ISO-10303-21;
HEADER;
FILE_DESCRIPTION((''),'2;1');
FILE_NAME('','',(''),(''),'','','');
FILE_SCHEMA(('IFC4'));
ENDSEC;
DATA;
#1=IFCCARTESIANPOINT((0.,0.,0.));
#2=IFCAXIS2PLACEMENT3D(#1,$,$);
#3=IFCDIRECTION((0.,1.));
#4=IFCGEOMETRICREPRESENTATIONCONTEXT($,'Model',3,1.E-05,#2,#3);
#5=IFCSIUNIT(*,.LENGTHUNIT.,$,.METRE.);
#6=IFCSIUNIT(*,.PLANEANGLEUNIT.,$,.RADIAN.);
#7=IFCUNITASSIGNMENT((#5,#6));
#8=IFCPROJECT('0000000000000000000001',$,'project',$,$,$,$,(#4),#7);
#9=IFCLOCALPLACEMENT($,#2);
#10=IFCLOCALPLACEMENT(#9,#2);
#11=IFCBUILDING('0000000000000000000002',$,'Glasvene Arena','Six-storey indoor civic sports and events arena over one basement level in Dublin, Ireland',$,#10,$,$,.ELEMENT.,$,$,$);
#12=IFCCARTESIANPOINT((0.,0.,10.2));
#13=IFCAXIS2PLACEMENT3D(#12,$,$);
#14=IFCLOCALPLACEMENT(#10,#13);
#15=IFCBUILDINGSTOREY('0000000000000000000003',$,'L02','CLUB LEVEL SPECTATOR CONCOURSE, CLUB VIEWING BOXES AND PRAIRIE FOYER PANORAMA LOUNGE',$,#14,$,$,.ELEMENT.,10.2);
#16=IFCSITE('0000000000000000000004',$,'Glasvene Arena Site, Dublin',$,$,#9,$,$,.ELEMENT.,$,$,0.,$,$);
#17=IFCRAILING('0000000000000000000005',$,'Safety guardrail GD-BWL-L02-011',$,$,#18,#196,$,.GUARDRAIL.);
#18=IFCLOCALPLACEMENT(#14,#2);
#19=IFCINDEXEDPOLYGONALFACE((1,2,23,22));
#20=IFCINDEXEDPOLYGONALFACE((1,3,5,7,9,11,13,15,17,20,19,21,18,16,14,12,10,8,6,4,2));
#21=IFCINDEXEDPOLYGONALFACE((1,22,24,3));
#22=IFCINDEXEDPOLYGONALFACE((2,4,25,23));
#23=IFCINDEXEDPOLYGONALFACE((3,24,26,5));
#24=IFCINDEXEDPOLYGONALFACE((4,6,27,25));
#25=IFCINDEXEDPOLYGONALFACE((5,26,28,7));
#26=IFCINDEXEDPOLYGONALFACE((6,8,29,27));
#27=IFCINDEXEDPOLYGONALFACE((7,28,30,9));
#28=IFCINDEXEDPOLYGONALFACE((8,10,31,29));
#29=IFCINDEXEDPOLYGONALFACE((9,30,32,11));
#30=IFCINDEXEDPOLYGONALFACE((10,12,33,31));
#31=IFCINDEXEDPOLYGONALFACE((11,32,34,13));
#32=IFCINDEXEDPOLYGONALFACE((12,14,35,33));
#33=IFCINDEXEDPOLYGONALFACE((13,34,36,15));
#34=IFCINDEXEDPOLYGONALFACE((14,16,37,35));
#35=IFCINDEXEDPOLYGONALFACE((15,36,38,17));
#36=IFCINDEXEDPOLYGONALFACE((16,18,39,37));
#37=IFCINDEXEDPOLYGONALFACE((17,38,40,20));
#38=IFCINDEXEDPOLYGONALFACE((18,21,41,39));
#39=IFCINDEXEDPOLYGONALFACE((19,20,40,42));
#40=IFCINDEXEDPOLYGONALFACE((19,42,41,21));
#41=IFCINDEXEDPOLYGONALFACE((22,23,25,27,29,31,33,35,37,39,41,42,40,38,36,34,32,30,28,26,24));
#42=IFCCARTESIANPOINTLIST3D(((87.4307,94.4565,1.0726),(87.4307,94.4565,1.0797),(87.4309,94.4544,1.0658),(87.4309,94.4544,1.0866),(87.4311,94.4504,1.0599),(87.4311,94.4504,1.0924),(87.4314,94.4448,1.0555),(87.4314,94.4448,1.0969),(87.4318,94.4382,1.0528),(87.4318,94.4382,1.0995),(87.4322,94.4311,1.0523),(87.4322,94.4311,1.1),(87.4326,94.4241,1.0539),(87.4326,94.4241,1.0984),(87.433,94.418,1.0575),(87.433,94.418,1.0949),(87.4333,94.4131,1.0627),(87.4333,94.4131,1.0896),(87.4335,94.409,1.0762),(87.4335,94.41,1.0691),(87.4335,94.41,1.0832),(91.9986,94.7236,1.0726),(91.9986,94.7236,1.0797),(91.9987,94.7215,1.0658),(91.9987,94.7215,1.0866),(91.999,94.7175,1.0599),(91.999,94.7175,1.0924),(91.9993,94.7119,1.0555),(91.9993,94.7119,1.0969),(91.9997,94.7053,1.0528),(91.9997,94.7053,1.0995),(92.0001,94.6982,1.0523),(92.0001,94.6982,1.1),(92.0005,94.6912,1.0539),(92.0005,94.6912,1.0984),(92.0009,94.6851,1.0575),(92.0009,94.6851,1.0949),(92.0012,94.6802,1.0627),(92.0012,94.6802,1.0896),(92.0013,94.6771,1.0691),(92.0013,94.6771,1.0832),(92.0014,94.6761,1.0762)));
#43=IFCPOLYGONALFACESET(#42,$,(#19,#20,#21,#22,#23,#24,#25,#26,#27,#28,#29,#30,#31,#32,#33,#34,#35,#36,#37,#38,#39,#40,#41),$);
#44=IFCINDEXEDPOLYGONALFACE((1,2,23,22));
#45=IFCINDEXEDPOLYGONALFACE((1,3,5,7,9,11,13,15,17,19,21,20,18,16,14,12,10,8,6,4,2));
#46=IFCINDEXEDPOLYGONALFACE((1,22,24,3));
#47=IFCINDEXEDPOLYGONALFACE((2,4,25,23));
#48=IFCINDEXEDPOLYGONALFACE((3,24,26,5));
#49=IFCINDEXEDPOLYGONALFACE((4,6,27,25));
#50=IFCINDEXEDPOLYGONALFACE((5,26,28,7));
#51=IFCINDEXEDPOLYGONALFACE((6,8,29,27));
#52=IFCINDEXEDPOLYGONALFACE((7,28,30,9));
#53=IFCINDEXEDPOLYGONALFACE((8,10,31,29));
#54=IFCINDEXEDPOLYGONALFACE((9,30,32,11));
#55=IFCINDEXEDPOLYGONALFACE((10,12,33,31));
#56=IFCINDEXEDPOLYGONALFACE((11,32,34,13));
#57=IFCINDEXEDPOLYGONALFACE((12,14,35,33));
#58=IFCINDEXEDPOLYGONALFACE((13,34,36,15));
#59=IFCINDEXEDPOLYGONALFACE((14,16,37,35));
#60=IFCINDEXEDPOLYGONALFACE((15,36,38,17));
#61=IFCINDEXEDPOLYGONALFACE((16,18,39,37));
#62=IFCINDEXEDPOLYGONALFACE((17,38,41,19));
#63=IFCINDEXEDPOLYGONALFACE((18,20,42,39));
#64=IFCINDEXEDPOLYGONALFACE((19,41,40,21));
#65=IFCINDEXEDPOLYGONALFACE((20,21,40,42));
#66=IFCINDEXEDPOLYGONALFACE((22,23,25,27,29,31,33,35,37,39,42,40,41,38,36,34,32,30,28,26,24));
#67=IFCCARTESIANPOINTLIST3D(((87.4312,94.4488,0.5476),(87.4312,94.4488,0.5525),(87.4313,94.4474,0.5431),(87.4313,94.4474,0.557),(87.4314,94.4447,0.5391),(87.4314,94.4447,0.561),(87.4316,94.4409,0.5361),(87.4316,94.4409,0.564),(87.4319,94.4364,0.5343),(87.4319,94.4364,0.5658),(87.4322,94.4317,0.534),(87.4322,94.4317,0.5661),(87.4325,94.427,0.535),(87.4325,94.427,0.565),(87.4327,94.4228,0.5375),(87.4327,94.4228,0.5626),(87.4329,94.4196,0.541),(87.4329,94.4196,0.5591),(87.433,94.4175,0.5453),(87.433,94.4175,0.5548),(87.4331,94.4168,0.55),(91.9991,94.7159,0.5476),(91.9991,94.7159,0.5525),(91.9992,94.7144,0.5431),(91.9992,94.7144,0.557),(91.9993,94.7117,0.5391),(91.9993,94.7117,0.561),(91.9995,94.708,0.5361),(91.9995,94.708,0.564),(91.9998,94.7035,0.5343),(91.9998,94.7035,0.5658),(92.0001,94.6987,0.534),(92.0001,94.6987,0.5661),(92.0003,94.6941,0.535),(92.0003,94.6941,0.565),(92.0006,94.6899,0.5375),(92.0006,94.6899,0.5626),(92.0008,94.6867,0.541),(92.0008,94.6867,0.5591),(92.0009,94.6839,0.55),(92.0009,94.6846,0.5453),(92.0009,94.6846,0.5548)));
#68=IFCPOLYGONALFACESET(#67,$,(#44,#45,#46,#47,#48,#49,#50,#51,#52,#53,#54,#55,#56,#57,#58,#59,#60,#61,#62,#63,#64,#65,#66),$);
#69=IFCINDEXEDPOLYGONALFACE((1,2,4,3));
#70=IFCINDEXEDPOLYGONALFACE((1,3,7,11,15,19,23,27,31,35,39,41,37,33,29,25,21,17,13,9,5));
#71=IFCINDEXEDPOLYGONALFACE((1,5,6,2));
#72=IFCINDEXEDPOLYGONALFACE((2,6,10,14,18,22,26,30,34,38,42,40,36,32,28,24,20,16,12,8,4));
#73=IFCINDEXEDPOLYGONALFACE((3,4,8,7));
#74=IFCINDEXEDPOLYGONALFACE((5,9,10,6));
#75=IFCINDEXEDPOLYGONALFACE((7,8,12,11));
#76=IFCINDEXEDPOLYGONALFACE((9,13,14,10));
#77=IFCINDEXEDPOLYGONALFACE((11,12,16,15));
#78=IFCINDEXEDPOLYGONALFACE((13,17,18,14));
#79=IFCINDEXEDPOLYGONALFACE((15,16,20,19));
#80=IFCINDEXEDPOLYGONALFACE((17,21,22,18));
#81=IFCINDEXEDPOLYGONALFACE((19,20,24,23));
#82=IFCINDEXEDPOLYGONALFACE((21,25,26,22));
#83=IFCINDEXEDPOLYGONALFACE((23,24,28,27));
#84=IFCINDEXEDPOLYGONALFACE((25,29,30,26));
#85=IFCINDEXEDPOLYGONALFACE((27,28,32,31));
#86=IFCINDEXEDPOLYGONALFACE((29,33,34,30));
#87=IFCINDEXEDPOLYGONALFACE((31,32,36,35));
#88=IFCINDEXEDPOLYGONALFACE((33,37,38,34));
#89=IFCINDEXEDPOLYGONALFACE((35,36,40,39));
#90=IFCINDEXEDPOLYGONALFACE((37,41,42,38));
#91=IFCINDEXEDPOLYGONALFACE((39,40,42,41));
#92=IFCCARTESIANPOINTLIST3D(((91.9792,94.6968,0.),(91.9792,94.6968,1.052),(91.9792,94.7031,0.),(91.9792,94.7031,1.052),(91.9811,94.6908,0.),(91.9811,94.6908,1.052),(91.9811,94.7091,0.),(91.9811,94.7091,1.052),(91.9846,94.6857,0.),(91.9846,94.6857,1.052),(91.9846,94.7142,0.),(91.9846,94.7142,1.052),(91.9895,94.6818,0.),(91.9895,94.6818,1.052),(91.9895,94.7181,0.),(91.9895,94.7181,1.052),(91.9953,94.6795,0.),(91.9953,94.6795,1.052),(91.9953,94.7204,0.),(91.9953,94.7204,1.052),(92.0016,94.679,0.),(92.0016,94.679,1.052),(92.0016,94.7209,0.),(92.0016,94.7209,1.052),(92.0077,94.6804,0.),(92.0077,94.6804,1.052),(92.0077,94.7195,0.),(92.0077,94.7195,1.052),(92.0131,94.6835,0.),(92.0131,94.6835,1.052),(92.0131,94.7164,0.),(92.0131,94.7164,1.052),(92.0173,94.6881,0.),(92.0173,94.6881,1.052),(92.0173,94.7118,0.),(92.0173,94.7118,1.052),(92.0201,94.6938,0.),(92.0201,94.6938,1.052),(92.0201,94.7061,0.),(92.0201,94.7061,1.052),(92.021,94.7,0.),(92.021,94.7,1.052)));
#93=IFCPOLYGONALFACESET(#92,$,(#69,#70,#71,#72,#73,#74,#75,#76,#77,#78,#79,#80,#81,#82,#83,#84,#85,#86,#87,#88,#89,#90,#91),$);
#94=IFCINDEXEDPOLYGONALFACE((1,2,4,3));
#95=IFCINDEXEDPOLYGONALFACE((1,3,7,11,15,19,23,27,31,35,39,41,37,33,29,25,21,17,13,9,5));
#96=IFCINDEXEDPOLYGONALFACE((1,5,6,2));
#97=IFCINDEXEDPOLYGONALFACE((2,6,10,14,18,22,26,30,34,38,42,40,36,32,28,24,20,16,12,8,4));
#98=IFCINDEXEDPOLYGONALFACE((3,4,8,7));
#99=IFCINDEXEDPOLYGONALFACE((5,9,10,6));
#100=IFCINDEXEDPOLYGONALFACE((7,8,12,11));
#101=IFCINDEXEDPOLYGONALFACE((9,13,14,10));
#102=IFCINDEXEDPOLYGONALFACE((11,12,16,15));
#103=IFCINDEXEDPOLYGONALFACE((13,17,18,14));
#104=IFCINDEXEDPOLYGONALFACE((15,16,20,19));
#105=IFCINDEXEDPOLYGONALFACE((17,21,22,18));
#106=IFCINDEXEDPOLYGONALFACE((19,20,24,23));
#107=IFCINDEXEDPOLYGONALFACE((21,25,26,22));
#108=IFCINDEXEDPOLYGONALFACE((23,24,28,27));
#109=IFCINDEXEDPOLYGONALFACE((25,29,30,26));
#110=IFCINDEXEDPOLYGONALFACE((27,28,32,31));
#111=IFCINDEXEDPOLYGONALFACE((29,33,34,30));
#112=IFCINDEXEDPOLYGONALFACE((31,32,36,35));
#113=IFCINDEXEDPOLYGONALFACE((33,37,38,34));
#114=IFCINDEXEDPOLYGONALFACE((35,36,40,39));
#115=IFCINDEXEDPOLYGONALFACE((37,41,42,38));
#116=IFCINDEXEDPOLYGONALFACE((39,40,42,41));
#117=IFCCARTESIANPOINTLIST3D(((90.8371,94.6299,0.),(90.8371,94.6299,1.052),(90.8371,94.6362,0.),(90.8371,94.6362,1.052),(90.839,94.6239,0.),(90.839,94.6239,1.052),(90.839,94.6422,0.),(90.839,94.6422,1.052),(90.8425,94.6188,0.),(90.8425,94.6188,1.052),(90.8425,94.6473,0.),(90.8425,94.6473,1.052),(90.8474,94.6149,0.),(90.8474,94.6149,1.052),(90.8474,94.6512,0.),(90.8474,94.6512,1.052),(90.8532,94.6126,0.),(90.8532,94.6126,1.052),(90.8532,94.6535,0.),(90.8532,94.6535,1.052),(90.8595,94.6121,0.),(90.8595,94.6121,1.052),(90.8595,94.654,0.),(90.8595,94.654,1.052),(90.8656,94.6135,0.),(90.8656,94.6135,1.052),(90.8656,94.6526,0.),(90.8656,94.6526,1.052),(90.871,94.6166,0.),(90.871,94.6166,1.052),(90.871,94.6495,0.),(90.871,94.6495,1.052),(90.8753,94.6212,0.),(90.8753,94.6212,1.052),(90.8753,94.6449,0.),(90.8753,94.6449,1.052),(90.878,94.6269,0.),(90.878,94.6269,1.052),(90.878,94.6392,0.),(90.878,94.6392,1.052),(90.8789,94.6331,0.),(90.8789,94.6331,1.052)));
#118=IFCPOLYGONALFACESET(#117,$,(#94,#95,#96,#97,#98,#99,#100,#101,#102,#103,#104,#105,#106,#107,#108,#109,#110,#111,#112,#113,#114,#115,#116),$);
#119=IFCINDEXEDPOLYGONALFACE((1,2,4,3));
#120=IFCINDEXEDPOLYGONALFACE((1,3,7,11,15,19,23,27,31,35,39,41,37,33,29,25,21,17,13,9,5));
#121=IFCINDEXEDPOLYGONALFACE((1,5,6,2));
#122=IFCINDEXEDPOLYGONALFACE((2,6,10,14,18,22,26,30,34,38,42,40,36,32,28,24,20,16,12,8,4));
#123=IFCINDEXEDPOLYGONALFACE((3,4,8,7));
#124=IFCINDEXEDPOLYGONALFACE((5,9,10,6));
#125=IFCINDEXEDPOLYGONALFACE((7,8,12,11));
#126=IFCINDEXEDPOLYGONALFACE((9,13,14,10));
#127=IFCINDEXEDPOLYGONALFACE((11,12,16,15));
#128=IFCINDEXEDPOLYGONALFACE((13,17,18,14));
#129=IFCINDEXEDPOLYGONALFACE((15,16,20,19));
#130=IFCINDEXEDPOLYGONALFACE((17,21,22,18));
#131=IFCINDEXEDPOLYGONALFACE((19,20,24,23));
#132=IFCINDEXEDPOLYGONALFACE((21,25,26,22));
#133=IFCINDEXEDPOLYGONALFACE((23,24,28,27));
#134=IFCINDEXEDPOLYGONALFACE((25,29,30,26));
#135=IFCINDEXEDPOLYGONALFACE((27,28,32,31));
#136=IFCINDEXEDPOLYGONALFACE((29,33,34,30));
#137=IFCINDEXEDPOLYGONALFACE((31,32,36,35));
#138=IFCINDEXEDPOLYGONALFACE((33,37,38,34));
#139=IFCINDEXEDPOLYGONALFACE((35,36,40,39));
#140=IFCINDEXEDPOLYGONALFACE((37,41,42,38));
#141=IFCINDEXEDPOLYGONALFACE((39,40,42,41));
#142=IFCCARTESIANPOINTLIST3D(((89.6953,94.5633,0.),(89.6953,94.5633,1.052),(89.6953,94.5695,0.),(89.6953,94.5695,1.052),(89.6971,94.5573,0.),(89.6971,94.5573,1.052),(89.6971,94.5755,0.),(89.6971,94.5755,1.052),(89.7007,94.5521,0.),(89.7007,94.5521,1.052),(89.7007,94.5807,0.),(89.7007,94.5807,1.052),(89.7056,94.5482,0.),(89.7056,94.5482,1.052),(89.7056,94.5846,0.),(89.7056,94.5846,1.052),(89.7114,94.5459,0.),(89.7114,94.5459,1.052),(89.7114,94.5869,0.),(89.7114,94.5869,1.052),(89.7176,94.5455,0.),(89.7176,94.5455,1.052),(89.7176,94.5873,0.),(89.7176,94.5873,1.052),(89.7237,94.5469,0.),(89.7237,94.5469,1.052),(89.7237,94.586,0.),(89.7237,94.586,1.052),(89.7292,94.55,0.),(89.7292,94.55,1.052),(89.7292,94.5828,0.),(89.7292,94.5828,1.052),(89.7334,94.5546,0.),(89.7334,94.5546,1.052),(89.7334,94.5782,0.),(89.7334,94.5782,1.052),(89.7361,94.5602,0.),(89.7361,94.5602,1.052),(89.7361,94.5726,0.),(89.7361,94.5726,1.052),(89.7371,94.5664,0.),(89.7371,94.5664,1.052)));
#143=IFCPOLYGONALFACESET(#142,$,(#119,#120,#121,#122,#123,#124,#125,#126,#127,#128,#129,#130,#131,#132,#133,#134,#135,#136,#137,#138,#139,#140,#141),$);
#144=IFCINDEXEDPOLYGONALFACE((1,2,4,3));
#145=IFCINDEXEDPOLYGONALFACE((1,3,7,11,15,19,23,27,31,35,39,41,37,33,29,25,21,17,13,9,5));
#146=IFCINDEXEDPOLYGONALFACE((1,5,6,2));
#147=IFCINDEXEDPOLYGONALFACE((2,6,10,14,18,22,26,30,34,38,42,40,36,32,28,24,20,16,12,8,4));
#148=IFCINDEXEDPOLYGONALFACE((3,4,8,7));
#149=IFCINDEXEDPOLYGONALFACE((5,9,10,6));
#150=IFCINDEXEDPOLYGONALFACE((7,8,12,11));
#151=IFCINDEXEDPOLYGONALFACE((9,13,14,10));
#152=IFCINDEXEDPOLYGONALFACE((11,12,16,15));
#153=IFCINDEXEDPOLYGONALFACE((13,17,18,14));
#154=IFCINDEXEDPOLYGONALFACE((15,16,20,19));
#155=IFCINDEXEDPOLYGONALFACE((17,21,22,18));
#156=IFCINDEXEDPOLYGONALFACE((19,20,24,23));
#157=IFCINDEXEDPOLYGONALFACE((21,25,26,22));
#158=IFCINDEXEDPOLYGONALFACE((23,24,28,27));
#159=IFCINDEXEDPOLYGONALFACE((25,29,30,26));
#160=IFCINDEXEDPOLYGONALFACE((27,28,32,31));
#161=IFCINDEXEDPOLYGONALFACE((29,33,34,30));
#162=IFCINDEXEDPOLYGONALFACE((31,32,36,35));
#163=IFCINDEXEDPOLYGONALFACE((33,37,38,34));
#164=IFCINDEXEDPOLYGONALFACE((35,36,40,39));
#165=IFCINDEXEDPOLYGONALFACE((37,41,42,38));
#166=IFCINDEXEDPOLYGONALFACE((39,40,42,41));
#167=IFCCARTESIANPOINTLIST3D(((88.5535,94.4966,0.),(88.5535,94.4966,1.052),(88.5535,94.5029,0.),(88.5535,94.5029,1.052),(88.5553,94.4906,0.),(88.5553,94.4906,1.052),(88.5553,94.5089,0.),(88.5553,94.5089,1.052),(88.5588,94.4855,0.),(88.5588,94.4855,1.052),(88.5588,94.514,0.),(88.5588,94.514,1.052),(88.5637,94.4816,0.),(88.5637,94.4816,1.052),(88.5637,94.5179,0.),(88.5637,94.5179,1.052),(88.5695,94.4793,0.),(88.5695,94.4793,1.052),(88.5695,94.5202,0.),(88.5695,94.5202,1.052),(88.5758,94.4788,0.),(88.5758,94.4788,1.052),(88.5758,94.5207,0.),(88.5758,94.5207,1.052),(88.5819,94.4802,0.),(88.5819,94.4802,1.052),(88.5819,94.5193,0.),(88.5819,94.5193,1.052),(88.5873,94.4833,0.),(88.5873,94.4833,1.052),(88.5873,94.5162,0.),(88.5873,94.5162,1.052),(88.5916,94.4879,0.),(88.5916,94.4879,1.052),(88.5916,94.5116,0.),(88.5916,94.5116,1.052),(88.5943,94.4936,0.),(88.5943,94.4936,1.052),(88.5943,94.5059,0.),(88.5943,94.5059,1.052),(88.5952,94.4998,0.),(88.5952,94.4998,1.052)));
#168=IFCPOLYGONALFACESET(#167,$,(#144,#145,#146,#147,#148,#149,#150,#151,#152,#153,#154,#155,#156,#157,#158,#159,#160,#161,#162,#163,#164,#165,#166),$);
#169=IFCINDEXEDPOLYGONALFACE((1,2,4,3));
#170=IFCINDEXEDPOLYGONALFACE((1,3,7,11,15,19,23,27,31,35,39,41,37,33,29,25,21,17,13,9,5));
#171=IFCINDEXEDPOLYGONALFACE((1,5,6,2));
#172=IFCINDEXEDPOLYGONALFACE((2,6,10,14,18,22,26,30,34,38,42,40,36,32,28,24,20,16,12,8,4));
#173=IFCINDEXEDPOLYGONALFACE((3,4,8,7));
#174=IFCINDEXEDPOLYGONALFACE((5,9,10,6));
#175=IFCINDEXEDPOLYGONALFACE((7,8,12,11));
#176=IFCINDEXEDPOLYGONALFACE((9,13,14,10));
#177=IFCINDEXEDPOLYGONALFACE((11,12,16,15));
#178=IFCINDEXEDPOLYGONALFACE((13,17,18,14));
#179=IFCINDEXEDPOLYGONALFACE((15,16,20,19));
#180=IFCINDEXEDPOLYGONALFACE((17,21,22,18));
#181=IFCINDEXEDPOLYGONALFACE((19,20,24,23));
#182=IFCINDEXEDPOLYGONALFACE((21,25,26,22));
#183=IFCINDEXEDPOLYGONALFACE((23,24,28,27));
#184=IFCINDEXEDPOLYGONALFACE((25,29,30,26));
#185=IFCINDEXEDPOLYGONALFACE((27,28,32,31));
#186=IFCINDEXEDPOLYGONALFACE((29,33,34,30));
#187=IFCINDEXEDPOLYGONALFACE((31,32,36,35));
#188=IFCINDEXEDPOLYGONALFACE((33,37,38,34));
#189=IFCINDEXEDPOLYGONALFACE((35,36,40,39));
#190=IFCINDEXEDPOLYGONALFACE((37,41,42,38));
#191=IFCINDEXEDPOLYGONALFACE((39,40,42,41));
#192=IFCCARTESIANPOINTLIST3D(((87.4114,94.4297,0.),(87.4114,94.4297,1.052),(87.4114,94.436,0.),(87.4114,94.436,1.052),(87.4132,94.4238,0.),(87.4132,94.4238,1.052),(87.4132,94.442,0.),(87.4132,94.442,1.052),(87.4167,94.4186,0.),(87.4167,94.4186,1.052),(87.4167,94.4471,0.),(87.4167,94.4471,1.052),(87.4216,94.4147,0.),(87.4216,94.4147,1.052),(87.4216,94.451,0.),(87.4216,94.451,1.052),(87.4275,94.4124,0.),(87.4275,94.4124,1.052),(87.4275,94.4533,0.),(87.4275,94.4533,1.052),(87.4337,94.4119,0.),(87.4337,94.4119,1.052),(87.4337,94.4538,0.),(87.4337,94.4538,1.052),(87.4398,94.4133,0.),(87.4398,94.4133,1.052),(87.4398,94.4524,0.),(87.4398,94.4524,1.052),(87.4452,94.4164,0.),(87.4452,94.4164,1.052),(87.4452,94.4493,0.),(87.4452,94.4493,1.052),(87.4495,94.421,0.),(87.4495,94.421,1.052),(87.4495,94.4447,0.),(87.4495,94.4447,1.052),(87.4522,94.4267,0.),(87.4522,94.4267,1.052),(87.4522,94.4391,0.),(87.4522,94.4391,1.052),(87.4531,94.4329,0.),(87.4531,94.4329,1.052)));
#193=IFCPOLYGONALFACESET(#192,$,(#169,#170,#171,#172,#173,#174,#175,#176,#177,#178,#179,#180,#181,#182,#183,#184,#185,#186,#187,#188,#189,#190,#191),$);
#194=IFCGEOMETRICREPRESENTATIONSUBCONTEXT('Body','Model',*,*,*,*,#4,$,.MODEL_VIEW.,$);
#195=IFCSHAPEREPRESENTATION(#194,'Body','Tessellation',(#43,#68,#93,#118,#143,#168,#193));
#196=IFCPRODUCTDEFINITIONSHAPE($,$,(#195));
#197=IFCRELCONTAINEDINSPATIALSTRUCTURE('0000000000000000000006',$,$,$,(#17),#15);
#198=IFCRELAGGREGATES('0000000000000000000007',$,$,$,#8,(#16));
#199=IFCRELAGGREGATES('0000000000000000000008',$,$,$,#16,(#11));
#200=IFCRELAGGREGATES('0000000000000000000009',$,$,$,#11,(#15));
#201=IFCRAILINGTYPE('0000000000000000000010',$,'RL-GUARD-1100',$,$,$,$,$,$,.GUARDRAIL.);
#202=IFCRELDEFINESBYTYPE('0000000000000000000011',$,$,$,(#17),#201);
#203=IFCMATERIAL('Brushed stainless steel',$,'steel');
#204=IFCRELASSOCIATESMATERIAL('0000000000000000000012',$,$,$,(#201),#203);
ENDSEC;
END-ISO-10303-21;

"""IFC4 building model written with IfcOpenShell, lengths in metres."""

from ifc_helpers import new_model, si_unit, direction, frame, origin, origin_2d, place, context, subcontext, project, spatial, circle, extrude, material, type_object, element, save


model = new_model("IFC4")

# Units and contexts
model_context = context("Model", 3, precision=1e-05, world=origin(), true_north=direction((0.0, 1.0)))
body_context = subcontext(model_context, "Body", "Model", "MODEL_VIEW")
ifc_project = project(units=[si_unit("LENGTHUNIT", "METRE"), si_unit("PLANEANGLEUNIT", "RADIAN")], contexts=[model_context])

# Site, building, storey
site_placement = place(None, origin())
site = spatial("IfcSite", under=ifc_project, at=site_placement, Name="Glasvene Arena Site, Dublin", CompositionType="ELEMENT", RefElevation=0.0)
building_placement = place(site_placement, origin())
building = spatial("IfcBuilding", under=site, at=building_placement, Name="Glasvene Arena", Description="Six-storey indoor civic sports and events arena over one basement level in Dublin, Ireland", CompositionType="ELEMENT")
storey_placement = place(building_placement, frame((0.0, 0.0, 10.2)))
storey = spatial("IfcBuildingStorey", under=building, at=storey_placement, Name="L02", Description="CLUB LEVEL SPECTATOR CONCOURSE, CLUB VIEWING BOXES AND PRAIRIE FOYER PANORAMA LOUNGE", CompositionType="ELEMENT", Elevation=10.2)

# Railing
ifc_material_1 = material(Name="Brushed stainless steel", Category="steel")
railing_type = type_object("IfcRailingType", Name="RL-GUARD-1100", PredefinedType="GUARDRAIL", material=ifc_material_1)
railing_1_placement = place(storey_placement, frame((92.0, 94.7, 0.0)))
element("IfcRailing", 1, at=railing_1_placement, inside=storey, type_object=railing_type, Name="Safety guardrail GD-BWL-L02-011", PredefinedType="GUARDRAIL", context=body_context, shape_type="SweptSolid", body=[
    extrude(circle(Radius=0.0239, at=origin_2d()), frame((0.0, 0.0, 1.0762), z_axis=(-0.998295, -0.058372, 0.0), x_axis=(0.058372, -0.998295, 0.0)), (0.0, 0.0, 1.0), 4.5757),
    extrude(circle(Radius=0.0161, at=origin_2d()), frame((0.0, 0.0, 0.55), z_axis=(-0.998295, -0.058372, 0.0), x_axis=(0.058372, -0.998295, 0.0)), (0.0, 0.0, 1.0), 4.5757),
    extrude(circle(Radius=0.021, at=origin_2d()), origin(), (0.0, 0.0, 1.0), 1.052),
    extrude(circle(Radius=0.021, at=origin_2d()), frame((-1.1421, -0.0669, 0.0)), (0.0, 0.0, 1.0), 1.052),
    extrude(circle(Radius=0.021, at=origin_2d()), frame((-2.2839, -0.1335, 0.0)), (0.0, 0.0, 1.0), 1.052),
    extrude(circle(Radius=0.021, at=origin_2d()), frame((-3.4258, -0.2002, 0.0)), (0.0, 0.0, 1.0), 1.052),
    extrude(circle(Radius=0.021, at=origin_2d()), frame((-4.5679, -0.2671, 0.0)), (0.0, 0.0, 1.0), 1.052),
])

save(model, "model.ifc")
